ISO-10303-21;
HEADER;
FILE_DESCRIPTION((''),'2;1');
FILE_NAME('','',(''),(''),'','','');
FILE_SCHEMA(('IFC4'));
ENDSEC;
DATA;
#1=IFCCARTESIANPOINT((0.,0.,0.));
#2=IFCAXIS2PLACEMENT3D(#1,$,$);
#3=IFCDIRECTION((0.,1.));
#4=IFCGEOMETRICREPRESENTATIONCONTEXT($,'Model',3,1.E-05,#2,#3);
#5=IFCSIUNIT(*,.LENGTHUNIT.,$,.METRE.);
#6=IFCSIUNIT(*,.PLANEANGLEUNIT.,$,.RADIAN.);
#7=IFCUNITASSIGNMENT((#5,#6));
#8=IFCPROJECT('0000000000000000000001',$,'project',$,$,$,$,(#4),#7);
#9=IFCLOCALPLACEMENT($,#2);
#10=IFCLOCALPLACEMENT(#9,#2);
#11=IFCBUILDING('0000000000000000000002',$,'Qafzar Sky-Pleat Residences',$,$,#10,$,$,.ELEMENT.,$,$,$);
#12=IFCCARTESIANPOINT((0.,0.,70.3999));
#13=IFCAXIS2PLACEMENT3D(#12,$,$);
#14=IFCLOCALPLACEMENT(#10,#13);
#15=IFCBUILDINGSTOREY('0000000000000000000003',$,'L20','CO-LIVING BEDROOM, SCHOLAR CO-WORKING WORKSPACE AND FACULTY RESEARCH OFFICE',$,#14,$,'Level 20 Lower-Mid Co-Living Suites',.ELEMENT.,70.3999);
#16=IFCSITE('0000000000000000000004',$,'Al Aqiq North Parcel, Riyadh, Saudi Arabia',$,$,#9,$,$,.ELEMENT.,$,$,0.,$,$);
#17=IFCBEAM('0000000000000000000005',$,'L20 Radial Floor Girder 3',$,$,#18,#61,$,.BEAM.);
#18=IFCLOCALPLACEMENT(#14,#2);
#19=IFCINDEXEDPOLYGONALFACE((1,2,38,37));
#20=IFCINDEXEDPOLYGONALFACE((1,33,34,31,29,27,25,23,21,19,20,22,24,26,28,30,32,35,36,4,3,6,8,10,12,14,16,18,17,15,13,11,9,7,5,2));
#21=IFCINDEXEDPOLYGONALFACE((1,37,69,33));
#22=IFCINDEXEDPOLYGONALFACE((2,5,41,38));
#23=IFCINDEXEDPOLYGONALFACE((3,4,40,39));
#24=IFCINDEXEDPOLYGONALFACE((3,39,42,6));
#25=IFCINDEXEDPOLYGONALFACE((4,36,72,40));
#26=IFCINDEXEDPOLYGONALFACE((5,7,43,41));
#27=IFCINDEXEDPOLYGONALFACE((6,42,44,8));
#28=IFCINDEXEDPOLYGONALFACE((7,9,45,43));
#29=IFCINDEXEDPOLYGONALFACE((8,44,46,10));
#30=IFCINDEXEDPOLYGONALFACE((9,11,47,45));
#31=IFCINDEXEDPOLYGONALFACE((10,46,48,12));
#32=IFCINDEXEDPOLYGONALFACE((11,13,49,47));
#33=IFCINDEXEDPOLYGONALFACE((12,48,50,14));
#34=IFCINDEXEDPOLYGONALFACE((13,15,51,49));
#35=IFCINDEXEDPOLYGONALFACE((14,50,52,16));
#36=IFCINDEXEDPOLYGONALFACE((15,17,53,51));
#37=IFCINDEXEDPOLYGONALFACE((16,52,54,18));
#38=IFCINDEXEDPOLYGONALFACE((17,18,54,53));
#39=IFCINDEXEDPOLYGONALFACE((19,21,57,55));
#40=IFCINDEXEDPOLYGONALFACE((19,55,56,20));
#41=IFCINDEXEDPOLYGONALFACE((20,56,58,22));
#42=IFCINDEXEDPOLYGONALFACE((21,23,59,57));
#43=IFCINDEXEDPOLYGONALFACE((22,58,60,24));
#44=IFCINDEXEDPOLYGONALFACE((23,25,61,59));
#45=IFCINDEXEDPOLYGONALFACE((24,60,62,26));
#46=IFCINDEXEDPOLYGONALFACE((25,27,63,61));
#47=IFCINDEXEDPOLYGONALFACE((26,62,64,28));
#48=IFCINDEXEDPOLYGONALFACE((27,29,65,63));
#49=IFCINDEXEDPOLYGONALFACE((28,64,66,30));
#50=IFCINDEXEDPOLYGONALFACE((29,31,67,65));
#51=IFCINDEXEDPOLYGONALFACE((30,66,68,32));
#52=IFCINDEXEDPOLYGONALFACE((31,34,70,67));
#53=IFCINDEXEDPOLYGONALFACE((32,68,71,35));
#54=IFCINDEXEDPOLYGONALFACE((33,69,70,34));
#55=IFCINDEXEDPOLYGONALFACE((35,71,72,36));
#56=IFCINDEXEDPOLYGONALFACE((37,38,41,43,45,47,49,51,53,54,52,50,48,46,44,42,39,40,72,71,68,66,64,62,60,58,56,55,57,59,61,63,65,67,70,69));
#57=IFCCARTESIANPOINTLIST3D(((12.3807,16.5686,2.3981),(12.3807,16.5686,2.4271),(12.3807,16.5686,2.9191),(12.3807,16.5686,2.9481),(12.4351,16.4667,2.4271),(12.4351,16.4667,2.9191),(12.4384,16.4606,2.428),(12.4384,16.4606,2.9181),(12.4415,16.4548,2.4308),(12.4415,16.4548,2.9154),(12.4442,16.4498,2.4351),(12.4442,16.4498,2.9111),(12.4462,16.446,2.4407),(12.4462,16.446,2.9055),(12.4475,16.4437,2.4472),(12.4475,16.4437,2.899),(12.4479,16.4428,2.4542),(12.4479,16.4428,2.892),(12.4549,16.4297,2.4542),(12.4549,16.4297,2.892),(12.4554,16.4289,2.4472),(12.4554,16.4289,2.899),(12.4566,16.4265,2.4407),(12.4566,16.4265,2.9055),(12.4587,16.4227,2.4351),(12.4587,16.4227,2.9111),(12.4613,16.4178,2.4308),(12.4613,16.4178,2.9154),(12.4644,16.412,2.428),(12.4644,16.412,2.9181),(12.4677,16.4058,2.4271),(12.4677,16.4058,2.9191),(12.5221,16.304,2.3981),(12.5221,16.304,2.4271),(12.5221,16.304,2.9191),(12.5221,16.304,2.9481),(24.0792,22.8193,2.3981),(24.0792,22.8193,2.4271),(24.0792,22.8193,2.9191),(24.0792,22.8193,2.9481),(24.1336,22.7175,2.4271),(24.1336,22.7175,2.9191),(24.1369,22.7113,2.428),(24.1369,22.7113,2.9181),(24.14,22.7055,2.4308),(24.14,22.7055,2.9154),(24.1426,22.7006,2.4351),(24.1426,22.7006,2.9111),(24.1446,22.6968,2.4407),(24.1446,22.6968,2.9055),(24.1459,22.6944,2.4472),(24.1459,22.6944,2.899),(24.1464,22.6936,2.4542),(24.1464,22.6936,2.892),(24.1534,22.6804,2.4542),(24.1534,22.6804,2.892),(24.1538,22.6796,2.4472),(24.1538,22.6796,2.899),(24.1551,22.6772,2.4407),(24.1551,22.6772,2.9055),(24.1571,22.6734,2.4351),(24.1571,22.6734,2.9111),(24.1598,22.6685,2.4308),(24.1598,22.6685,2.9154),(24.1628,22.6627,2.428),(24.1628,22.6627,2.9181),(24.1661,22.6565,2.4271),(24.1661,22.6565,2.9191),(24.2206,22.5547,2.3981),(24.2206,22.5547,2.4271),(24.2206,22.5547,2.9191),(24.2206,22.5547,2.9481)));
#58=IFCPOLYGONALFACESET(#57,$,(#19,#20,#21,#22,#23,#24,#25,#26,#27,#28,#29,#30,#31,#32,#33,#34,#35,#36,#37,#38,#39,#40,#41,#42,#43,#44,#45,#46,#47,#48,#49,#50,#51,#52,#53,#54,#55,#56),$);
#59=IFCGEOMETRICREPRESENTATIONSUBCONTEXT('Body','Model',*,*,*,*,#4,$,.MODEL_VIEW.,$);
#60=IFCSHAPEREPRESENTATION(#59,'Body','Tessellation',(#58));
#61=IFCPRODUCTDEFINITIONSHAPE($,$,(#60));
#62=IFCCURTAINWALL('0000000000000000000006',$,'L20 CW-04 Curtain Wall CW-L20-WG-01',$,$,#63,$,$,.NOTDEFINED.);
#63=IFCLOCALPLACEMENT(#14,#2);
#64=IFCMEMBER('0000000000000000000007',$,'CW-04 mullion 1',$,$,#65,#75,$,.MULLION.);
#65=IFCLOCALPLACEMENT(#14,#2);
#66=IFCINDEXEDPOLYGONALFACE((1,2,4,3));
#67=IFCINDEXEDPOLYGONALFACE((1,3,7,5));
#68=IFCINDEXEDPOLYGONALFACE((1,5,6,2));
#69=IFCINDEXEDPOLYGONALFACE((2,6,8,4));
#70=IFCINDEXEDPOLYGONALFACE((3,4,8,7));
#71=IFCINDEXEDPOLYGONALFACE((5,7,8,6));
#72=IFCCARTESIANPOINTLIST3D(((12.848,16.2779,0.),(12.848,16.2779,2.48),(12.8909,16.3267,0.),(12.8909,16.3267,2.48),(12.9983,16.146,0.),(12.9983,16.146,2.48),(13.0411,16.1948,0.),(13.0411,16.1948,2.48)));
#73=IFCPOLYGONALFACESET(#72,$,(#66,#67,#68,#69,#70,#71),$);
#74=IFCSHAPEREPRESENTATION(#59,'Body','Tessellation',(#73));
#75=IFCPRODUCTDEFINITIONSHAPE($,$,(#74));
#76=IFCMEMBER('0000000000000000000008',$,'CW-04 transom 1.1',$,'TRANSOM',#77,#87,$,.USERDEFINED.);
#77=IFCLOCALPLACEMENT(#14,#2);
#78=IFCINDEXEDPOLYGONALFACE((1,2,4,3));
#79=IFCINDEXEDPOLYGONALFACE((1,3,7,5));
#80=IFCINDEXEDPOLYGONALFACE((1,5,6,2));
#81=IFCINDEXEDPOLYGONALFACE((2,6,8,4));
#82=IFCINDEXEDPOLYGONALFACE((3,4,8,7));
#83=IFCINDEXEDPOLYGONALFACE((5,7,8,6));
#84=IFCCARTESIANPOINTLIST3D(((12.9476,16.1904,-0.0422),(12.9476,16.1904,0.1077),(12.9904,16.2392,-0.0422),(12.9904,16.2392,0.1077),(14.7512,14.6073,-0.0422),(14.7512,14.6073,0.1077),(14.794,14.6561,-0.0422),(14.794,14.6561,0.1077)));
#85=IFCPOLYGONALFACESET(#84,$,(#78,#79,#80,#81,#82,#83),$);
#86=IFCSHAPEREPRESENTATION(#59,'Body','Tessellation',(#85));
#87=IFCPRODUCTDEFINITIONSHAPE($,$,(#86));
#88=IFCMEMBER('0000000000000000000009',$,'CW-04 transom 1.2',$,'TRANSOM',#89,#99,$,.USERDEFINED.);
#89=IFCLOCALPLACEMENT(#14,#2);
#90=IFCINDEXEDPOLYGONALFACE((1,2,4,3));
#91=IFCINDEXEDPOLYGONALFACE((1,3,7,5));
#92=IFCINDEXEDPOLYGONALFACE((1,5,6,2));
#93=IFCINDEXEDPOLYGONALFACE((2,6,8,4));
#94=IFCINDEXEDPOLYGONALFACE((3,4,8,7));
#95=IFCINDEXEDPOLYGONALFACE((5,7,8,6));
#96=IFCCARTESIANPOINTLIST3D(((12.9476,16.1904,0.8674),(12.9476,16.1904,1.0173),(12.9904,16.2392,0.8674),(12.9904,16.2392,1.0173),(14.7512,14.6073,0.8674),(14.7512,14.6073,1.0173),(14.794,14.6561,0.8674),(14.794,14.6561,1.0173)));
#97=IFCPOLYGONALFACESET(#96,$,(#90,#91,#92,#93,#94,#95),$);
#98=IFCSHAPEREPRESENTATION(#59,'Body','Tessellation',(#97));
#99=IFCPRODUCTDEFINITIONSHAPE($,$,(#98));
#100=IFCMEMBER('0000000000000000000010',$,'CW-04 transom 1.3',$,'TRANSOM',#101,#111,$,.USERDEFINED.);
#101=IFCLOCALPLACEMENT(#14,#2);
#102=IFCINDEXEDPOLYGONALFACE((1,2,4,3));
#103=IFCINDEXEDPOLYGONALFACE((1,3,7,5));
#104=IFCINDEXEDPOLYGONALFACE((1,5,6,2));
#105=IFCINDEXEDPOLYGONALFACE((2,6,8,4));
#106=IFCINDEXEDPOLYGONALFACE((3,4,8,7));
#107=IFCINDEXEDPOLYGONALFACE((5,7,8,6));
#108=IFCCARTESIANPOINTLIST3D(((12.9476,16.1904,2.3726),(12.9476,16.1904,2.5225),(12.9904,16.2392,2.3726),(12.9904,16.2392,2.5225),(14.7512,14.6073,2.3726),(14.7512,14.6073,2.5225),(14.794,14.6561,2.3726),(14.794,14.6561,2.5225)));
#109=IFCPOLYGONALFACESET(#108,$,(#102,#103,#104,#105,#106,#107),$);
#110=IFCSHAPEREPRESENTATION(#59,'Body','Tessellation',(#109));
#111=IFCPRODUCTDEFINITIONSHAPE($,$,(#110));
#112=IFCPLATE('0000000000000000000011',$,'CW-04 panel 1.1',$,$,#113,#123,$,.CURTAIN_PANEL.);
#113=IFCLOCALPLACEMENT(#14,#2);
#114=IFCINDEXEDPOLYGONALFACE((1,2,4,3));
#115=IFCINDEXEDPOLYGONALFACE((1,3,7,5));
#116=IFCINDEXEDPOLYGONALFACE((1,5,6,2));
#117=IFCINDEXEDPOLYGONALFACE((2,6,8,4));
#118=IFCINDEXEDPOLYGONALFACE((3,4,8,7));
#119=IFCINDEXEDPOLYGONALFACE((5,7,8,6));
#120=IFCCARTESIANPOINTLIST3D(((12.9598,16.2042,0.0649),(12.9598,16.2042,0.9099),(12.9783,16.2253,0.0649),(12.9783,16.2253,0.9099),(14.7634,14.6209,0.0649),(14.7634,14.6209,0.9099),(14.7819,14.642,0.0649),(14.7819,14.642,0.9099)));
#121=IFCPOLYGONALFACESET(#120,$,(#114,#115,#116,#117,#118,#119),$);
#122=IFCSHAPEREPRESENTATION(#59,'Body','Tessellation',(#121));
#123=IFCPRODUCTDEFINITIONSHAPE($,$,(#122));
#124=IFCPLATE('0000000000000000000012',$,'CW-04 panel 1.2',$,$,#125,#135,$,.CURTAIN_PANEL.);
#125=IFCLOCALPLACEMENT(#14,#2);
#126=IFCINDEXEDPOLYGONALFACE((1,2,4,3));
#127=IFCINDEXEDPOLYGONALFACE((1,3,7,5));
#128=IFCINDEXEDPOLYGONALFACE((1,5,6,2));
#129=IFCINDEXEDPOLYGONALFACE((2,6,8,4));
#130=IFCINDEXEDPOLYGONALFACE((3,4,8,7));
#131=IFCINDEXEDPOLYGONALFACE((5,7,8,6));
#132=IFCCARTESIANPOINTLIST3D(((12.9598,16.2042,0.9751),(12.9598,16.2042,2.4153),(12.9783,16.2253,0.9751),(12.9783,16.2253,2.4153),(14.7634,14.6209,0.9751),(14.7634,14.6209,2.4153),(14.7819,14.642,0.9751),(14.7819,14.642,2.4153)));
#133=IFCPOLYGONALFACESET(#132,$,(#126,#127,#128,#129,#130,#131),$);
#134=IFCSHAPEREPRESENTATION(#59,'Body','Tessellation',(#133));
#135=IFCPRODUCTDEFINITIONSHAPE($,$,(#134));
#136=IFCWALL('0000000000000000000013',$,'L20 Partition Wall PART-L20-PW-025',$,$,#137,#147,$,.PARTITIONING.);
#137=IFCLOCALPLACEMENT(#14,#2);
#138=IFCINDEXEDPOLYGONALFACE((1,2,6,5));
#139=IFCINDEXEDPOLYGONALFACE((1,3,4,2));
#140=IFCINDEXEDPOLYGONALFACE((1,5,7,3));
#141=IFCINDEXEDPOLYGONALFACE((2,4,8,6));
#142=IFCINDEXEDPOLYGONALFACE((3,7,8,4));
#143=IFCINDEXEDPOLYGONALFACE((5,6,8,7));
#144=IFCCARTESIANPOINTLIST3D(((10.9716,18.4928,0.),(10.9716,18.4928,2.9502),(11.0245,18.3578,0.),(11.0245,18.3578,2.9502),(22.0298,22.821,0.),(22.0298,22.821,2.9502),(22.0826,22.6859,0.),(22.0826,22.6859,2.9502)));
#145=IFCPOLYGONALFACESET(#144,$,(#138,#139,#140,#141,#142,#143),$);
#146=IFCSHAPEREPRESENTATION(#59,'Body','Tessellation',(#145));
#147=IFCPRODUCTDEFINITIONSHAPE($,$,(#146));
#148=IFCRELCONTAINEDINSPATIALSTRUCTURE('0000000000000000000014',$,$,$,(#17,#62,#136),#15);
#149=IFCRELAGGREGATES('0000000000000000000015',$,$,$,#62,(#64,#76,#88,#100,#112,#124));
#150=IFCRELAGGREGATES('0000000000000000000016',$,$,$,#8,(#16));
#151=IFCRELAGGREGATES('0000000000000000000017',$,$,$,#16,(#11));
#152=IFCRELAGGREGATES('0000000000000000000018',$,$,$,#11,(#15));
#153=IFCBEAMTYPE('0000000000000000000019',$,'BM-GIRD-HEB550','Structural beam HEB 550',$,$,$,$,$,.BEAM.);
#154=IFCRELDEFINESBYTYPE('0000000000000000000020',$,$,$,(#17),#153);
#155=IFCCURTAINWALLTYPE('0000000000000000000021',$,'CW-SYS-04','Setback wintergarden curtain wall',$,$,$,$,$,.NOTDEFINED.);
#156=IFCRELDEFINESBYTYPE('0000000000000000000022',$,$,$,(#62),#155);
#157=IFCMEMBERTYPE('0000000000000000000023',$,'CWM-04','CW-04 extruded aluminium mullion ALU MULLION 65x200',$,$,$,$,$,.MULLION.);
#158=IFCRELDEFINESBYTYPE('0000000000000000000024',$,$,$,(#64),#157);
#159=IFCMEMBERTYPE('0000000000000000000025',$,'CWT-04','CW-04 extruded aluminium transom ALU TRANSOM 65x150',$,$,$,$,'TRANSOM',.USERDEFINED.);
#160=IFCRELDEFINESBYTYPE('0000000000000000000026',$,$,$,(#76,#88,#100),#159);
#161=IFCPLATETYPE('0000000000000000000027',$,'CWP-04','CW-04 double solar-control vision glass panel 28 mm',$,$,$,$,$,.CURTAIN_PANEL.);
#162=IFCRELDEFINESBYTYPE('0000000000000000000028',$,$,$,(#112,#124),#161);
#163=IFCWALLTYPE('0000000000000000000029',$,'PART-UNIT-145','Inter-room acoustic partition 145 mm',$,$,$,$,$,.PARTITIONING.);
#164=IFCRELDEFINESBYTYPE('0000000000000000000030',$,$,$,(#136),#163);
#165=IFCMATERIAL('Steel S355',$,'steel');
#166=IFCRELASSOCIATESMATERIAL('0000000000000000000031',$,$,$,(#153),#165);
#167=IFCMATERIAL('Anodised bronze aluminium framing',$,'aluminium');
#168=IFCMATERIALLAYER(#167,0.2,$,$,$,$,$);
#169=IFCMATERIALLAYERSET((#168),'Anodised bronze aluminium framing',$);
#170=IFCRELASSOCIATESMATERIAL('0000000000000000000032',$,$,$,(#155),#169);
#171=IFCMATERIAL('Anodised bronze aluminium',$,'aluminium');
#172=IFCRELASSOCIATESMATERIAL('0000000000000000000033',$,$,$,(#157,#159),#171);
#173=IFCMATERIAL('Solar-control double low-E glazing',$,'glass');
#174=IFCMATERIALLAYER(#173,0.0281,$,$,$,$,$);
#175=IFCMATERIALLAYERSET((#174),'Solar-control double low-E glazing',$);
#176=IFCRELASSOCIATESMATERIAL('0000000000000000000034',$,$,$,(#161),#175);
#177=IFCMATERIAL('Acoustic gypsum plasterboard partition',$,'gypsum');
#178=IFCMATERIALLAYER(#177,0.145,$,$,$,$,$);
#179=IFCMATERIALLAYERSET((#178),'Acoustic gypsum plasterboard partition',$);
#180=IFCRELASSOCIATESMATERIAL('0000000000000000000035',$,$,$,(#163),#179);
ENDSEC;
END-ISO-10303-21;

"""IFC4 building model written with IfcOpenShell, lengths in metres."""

from ifc_helpers import new_model, si_unit, direction, frame, frame_2d, origin, origin_2d, place, context, subcontext, project, spatial, rectangle, i_section, extrude, source, transform, mapped, material, layer, layer_set, material_profile, profile_set, type_object, element, aggregate, save


model = new_model("IFC4")

# Units and contexts
model_context = context("Model", 3, precision=1e-05, world=origin(), true_north=direction((0.0, 1.0)))
body_context = subcontext(model_context, "Body", "Model", "MODEL_VIEW")
ifc_project = project(units=[si_unit("LENGTHUNIT", "METRE"), si_unit("PLANEANGLEUNIT", "RADIAN")], contexts=[model_context])

# Site, building, storey
site_placement = place(None, origin())
site = spatial("IfcSite", under=ifc_project, at=site_placement, Name="Al Aqiq North Parcel, Riyadh, Saudi Arabia", CompositionType="ELEMENT", RefElevation=0.0)
building_placement = place(site_placement, origin())
building = spatial("IfcBuilding", under=site, at=building_placement, Name="Qafzar Sky-Pleat Residences", CompositionType="ELEMENT")
storey_placement = place(building_placement, frame((0.0, 0.0, 70.3999)))
storey = spatial("IfcBuildingStorey", under=building, at=storey_placement, Name="L20", Description="CO-LIVING BEDROOM, SCHOLAR CO-WORKING WORKSPACE AND FACULTY RESEARCH OFFICE", LongName="Level 20 Lower-Mid Co-Living Suites", CompositionType="ELEMENT", Elevation=70.3999)

# Beam
ifc_material_1 = material(Name="Steel S355", Category="steel")
ifc_material_profile_1 = material_profile(ifc_material_1, i_section(OverallWidth=0.3, OverallDepth=0.55, WebThickness=0.0149, FlangeThickness=0.0291, FilletRadius=0.0271, at=origin_2d()), Name="HEB 550")
ifc_profile_set_1 = profile_set([ifc_material_profile_1], Name="Steel S355")
beam_type_1 = type_object("IfcBeamType", Name="BM-GIRD-HEB550", Description="Structural beam HEB 550", PredefinedType="BEAM", material=ifc_profile_set_1)
shared_shape_1 = source(origin(), body_context, "Body", "SweptSolid", [
    extrude(i_section(OverallWidth=0.3, OverallDepth=0.55, WebThickness=0.0149, FlangeThickness=0.0291, FilletRadius=0.0271, at=origin_2d()), origin(), (0.0, 0.0, 1.0), 13.2637),
])
beam_1_placement = place(storey_placement, frame((12.4514, 16.4363, 2.6731), z_axis=(0.881991, 0.471265, 0.0), x_axis=(-0.471265, 0.881991, 0.0)))
element("IfcBeam", 1, at=beam_1_placement, inside=storey, type_object=beam_type_1, Name="L20 Radial Floor Girder 3", PredefinedType="BEAM", context=body_context, shape_type="MappedRepresentation", body=[
    mapped(shared_shape_1, transform((0.0, 0.0, 0.0), x_axis=(1.0, 0.0, 0.0), y_axis=(0.0, 1.0, 0.0), z_axis=(0.0, 0.0, 1.0), scale=1.0)),
])

# Curtain wall, members, plates
ifc_material_2 = material(Name="Anodised bronze aluminium framing", Category="aluminium")
ifc_layer_1 = layer(ifc_material_2, 0.2)
ifc_layer_set_1 = layer_set([ifc_layer_1], Name="Anodised bronze aluminium framing")
curtain_wall_type = type_object("IfcCurtainWallType", Name="CW-SYS-04", Description="Setback wintergarden curtain wall", PredefinedType="NOTDEFINED", material=ifc_layer_set_1)
curtain_wall_placement = place(storey_placement, origin())
curtain_wall = element("IfcCurtainWall", 2, at=curtain_wall_placement, inside=storey, type_object=curtain_wall_type, Name="L20 CW-04 Curtain Wall CW-L20-WG-01", PredefinedType="NOTDEFINED")
ifc_material_3 = material(Name="Anodised bronze aluminium", Category="aluminium")
ifc_material_profile_2 = material_profile(ifc_material_3, rectangle(XDim=0.0649, YDim=0.2, at=origin_2d()), Name="ALU MULLION 65x200")
ifc_profile_set_2 = profile_set([ifc_material_profile_2], Name="Anodised bronze aluminium")
member_type_1 = type_object("IfcMemberType", Name="CWM-04", Description="CW-04 extruded aluminium mullion ALU MULLION 65x200", PredefinedType="MULLION", material=ifc_profile_set_2)
shared_shape_2 = source(origin(), body_context, "Body", "SweptSolid", [
    extrude(rectangle(XDim=0.0649, YDim=0.2, at=origin_2d()), origin(), (0.0, 0.0, 1.0), 2.48),
])
member_1_placement = place(storey_placement, frame((12.9446, 16.2363, 0.0), z_axis=(0.0, 0.0, 1.0), x_axis=(0.659727, 0.751506, 0.0)))
member_1 = element("IfcMember", 3, at=member_1_placement, type_object=member_type_1, Name="CW-04 mullion 1", PredefinedType="MULLION", context=body_context, shape_type="MappedRepresentation", body=[
    mapped(shared_shape_2, transform((0.0, 0.0, 0.0), x_axis=(1.0, 0.0, 0.0), y_axis=(0.0, 1.0, 0.0), z_axis=(0.0, 0.0, 1.0), scale=1.0)),
])
ifc_material_profile_3 = material_profile(ifc_material_3, rectangle(XDim=0.0649, YDim=0.1499, at=origin_2d()), Name="ALU TRANSOM 65x150")
ifc_profile_set_3 = profile_set([ifc_material_profile_3], Name="Anodised bronze aluminium")
member_type_2 = type_object("IfcMemberType", Name="CWT-04", Description="CW-04 extruded aluminium transom ALU TRANSOM 65x150", ElementType="TRANSOM", PredefinedType="USERDEFINED", material=ifc_profile_set_3)
shared_shape_3 = source(origin(), body_context, "Body", "SweptSolid", [
    extrude(rectangle(XDim=0.0649, YDim=0.1499, at=origin_2d()), origin(), (0.0, 0.0, 1.0), 2.3999),
])
member_2_placement = place(storey_placement, frame((12.969, 16.2148, 0.0327), z_axis=(0.751542, -0.659685, 0.0), x_axis=(0.659685, 0.751542, 0.0)))
member_2 = element("IfcMember", 4, at=member_2_placement, type_object=member_type_2, Name="CW-04 transom 1.1", ObjectType="TRANSOM", PredefinedType="USERDEFINED", context=body_context, shape_type="MappedRepresentation", body=[
    mapped(shared_shape_3, transform((0.0, 0.0, 0.0), x_axis=(1.0, 0.0, 0.0), y_axis=(0.0, 1.0, 0.0), z_axis=(0.0, 0.0, 1.0), scale=1.0)),
])
member_3_placement = place(storey_placement, frame((12.969, 16.2148, 0.9424), z_axis=(0.751542, -0.659685, 0.0), x_axis=(0.659685, 0.751542, 0.0)))
member_3 = element("IfcMember", 5, at=member_3_placement, type_object=member_type_2, Name="CW-04 transom 1.2", ObjectType="TRANSOM", PredefinedType="USERDEFINED", context=body_context, shape_type="MappedRepresentation", body=[
    mapped(shared_shape_3, transform((0.0, 0.0, 0.0), x_axis=(1.0, 0.0, 0.0), y_axis=(0.0, 1.0, 0.0), z_axis=(0.0, 0.0, 1.0), scale=1.0)),
])
member_4_placement = place(storey_placement, frame((12.969, 16.2148, 2.4475), z_axis=(0.751542, -0.659685, 0.0), x_axis=(0.659685, 0.751542, 0.0)))
member_4 = element("IfcMember", 6, at=member_4_placement, type_object=member_type_2, Name="CW-04 transom 1.3", ObjectType="TRANSOM", PredefinedType="USERDEFINED", context=body_context, shape_type="MappedRepresentation", body=[
    mapped(shared_shape_3, transform((0.0, 0.0, 0.0), x_axis=(1.0, 0.0, 0.0), y_axis=(0.0, 1.0, 0.0), z_axis=(0.0, 0.0, 1.0), scale=1.0)),
])
ifc_material_4 = material(Name="Solar-control double low-E glazing", Category="glass")
ifc_layer_2 = layer(ifc_material_4, 0.0281)
ifc_layer_set_2 = layer_set([ifc_layer_2], Name="Solar-control double low-E glazing")
plate_type = type_object("IfcPlateType", Name="CWP-04", Description="CW-04 double solar-control vision glass panel 28 mm", PredefinedType="CURTAIN_PANEL", material=ifc_layer_set_2)
shared_shape_4 = source(origin(), body_context, "Body", "SweptSolid", [
    extrude(rectangle(XDim=2.3999, YDim=0.0281, at=origin_2d()), origin(), (0.0, 0.0, 1.0), 0.845),
])
plate_1_placement = place(storey_placement, frame((13.8708, 15.4231, 0.0649), z_axis=(0.0, 0.0, 1.0), x_axis=(0.751506, -0.659727, 0.0)))
plate_1 = element("IfcPlate", 7, at=plate_1_placement, type_object=plate_type, Name="CW-04 panel 1.1", PredefinedType="CURTAIN_PANEL", context=body_context, shape_type="MappedRepresentation", body=[
    mapped(shared_shape_4, transform((0.0, 0.0, 0.0), x_axis=(1.0, 0.0, 0.0), y_axis=(0.0, 1.0, 0.0), z_axis=(0.0, 0.0, 1.0), scale=1.0)),
])
shared_shape_5 = source(origin(), body_context, "Body", "SweptSolid", [
    extrude(rectangle(XDim=2.3999, YDim=0.0281, at=origin_2d()), origin(), (0.0, 0.0, 1.0), 1.4402),
])
plate_2_placement = place(storey_placement, frame((13.8708, 15.4231, 0.9751), z_axis=(0.0, 0.0, 1.0), x_axis=(0.751506, -0.659727, 0.0)))
plate_2 = element("IfcPlate", 8, at=plate_2_placement, type_object=plate_type, Name="CW-04 panel 1.2", PredefinedType="CURTAIN_PANEL", context=body_context, shape_type="MappedRepresentation", body=[
    mapped(shared_shape_5, transform((0.0, 0.0, 0.0), x_axis=(1.0, 0.0, 0.0), y_axis=(0.0, 1.0, 0.0), z_axis=(0.0, 0.0, 1.0), scale=1.0)),
])
aggregate(curtain_wall, [member_1, member_2, member_3, member_4, plate_1, plate_2])

# Wall
ifc_material_5 = material(Name="Acoustic gypsum plasterboard partition", Category="gypsum")
ifc_layer_3 = layer(ifc_material_5, 0.145)
ifc_layer_set_3 = layer_set([ifc_layer_3], Name="Acoustic gypsum plasterboard partition")
wall_type_1 = type_object("IfcWallType", Name="PART-UNIT-145", Description="Inter-room acoustic partition 145 mm", PredefinedType="PARTITIONING", material=ifc_layer_set_3)
wall_1_placement = place(storey_placement, frame((10.998, 18.4253, 0.0), z_axis=(0.0, 0.0, 1.0), x_axis=(0.931213, 0.364475, 0.0)))
element("IfcWall", 9, at=wall_1_placement, inside=storey, type_object=wall_type_1, Name="L20 Partition Wall PART-L20-PW-025", PredefinedType="PARTITIONING", context=body_context, shape_type="SweptSolid", body=[
    extrude(rectangle(XDim=11.875, YDim=0.145, at=frame_2d((5.9375, 0.0))), origin(), (0.0, 0.0, 1.0), 2.9502),
])

save(model, "model.ifc")
